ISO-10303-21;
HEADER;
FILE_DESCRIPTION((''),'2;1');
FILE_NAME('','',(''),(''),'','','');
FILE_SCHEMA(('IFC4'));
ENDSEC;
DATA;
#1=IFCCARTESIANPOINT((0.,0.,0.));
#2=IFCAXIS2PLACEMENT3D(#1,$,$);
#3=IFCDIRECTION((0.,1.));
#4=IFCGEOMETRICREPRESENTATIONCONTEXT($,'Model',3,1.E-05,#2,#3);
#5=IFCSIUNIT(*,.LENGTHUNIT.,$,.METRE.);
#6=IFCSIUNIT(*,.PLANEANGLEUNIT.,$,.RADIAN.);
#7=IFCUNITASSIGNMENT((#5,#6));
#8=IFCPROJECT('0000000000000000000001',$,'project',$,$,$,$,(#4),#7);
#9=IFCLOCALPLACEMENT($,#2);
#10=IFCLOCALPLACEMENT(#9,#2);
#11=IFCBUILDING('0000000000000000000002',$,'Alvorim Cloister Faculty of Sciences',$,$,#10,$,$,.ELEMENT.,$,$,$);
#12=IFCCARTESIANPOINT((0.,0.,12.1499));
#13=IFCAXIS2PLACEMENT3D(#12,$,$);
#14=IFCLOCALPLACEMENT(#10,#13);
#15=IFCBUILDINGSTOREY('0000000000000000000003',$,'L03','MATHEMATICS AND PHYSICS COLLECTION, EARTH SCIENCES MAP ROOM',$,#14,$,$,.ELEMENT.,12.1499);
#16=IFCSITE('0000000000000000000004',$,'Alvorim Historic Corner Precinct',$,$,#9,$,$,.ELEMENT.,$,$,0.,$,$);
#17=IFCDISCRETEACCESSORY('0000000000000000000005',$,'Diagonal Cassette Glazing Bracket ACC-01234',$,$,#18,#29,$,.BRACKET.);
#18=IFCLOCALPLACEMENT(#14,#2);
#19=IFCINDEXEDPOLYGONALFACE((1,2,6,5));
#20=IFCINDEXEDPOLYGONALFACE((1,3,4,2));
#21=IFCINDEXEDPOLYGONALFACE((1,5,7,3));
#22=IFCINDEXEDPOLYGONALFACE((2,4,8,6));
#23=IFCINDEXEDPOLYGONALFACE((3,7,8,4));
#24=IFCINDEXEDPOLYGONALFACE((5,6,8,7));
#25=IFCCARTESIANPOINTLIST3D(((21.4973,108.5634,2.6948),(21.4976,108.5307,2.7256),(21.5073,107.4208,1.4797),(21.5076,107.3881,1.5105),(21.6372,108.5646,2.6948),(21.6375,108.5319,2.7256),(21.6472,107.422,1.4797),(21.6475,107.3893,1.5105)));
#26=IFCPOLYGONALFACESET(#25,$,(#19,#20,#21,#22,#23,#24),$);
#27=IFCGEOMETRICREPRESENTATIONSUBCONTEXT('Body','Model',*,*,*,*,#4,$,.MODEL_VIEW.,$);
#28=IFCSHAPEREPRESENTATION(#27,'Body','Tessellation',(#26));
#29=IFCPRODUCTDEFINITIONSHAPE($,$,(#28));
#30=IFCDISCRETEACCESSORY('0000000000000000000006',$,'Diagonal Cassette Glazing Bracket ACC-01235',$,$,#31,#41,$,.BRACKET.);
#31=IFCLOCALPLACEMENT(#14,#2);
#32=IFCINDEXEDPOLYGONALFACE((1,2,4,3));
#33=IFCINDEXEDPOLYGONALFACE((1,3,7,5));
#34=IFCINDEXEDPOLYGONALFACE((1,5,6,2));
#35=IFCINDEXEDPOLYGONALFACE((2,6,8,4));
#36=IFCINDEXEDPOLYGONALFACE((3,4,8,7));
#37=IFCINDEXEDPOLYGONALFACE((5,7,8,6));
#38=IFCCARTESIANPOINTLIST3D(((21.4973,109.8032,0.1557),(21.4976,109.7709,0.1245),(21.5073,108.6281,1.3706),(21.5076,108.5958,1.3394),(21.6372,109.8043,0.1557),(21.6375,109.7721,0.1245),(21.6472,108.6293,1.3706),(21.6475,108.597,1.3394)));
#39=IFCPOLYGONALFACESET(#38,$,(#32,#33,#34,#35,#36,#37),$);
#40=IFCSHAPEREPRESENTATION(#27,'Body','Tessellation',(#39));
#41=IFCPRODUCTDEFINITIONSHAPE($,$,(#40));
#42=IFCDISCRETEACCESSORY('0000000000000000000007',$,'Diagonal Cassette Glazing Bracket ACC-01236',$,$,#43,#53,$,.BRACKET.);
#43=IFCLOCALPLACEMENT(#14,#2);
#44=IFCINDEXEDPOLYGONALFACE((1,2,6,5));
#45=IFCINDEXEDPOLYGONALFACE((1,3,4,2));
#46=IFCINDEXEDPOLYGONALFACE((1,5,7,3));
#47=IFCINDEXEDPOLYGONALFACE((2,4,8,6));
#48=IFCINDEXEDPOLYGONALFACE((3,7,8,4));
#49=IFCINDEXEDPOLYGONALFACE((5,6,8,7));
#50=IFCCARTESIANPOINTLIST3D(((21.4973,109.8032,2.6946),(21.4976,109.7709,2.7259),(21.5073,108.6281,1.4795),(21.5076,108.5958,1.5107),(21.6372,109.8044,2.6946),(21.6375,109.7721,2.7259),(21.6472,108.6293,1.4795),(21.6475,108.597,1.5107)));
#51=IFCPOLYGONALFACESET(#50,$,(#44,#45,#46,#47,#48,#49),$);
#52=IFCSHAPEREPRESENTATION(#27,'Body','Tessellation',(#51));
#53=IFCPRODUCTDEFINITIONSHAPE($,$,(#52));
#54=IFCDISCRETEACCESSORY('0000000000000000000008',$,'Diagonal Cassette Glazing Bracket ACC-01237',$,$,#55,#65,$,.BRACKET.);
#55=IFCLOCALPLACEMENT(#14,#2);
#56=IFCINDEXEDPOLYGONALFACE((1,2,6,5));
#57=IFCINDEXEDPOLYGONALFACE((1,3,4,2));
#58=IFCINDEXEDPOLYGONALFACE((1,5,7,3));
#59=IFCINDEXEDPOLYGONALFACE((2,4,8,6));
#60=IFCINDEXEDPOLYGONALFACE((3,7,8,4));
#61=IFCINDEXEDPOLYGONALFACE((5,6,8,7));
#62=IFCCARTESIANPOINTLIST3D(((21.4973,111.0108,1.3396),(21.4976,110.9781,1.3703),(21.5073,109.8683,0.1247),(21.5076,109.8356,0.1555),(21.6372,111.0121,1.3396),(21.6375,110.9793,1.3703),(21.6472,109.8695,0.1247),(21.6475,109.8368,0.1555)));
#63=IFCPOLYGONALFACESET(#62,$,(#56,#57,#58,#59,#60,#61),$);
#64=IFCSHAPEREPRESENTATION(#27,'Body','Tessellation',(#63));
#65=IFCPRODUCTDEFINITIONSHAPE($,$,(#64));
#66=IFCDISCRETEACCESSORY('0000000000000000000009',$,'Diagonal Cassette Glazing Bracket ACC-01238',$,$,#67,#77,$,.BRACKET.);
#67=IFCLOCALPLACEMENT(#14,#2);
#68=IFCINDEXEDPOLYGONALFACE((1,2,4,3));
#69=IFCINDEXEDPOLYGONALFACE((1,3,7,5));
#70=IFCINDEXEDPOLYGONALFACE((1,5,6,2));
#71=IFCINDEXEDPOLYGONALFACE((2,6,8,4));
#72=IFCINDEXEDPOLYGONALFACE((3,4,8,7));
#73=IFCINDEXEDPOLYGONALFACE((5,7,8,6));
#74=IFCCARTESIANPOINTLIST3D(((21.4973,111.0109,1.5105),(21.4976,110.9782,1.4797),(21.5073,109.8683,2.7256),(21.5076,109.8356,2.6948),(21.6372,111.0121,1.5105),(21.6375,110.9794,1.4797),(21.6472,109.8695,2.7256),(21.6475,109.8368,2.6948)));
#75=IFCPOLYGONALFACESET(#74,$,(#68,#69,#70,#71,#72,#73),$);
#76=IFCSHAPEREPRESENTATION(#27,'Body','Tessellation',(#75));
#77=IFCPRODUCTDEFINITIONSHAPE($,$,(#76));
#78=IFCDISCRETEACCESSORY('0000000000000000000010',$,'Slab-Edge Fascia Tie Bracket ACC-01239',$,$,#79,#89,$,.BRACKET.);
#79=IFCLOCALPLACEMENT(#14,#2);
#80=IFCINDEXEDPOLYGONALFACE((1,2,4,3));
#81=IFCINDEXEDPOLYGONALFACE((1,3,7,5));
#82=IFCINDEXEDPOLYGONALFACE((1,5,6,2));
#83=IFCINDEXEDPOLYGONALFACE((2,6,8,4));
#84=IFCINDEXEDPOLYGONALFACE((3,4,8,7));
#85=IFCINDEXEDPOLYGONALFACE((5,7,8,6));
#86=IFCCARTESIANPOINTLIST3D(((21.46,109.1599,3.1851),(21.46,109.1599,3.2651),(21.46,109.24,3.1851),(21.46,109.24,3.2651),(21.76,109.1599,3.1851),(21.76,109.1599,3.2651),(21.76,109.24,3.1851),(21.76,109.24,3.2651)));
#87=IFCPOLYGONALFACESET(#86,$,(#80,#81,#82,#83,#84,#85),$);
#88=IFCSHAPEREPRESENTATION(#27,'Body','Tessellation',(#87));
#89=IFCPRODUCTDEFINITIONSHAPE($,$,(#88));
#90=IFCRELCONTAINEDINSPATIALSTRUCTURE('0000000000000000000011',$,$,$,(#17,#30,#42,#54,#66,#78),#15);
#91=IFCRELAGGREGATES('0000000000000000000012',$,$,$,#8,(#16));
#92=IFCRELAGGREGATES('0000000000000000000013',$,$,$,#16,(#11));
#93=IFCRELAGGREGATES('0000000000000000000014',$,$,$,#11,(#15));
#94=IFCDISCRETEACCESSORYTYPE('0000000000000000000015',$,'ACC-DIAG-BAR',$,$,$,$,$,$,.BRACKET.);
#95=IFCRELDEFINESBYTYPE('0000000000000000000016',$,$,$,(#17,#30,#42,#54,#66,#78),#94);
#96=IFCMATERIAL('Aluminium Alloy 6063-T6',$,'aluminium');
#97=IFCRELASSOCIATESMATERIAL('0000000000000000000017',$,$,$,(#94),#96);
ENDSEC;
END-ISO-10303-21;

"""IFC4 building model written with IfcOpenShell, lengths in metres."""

from ifc_helpers import new_model, si_unit, direction, frame, origin, origin_2d, place, context, subcontext, project, spatial, rectangle, extrude, material, type_object, element, save


model = new_model("IFC4")

# Units and contexts
model_context = context("Model", 3, precision=1e-05, world=origin(), true_north=direction((0.0, 1.0)))
body_context = subcontext(model_context, "Body", "Model", "MODEL_VIEW")
ifc_project = project(units=[si_unit("LENGTHUNIT", "METRE"), si_unit("PLANEANGLEUNIT", "RADIAN")], contexts=[model_context])

# Site, building, storey
site_placement = place(None, origin())
site = spatial("IfcSite", under=ifc_project, at=site_placement, Name="Alvorim Historic Corner Precinct", CompositionType="ELEMENT", RefElevation=0.0)
building_placement = place(site_placement, origin())
building = spatial("IfcBuilding", under=site, at=building_placement, Name="Alvorim Cloister Faculty of Sciences", CompositionType="ELEMENT")
storey_placement = place(building_placement, frame((0.0, 0.0, 12.1499)))
storey = spatial("IfcBuildingStorey", under=building, at=storey_placement, Name="L03", Description="MATHEMATICS AND PHYSICS COLLECTION, EARTH SCIENCES MAP ROOM", CompositionType="ELEMENT", Elevation=12.1499)

# Shared definitions
ifc_material_1 = material(Name="Aluminium Alloy 6063-T6", Category="aluminium")

# Discrete accessories
discrete_accessory_type = type_object("IfcDiscreteAccessoryType", Name="ACC-DIAG-BAR", PredefinedType="BRACKET", material=ifc_material_1)
discrete_accessory_1_placement = place(storey_placement, frame((21.5774, 107.405, 1.4951), z_axis=(-0.006001, 0.685024, 0.728496), x_axis=(-0.999962, -0.00876, 0.0)))
element("IfcDiscreteAccessory", 1, at=discrete_accessory_1_placement, inside=storey, type_object=discrete_accessory_type, Name="Diagonal Cassette Glazing Bracket ACC-01234", PredefinedType="BRACKET", context=body_context, shape_type="SweptSolid", body=[
    extrude(rectangle(XDim=0.1399, YDim=0.0449, at=origin_2d()), origin(), (0.0, 0.0, 1.0), 1.668),
])
discrete_accessory_2_placement = place(storey_placement, frame((21.5774, 108.6125, 1.355), z_axis=(-0.005922, 0.695224, -0.718769), x_axis=(-0.999964, -0.008518, 0.0)))
element("IfcDiscreteAccessory", 2, at=discrete_accessory_2_placement, inside=storey, type_object=discrete_accessory_type, Name="Diagonal Cassette Glazing Bracket ACC-01235", PredefinedType="BRACKET", context=body_context, shape_type="SweptSolid", body=[
    extrude(rectangle(XDim=0.1399, YDim=0.0449, at=origin_2d()), origin(), (0.0, 0.0, 1.0), 1.6902),
])
discrete_accessory_3_placement = place(storey_placement, frame((21.5774, 108.6125, 1.4951), z_axis=(-0.005922, 0.695152, 0.718839), x_axis=(-0.999964, -0.008518, 0.0)))
element("IfcDiscreteAccessory", 3, at=discrete_accessory_3_placement, inside=storey, type_object=discrete_accessory_type, Name="Diagonal Cassette Glazing Bracket ACC-01236", PredefinedType="BRACKET", context=body_context, shape_type="SweptSolid", body=[
    extrude(rectangle(XDim=0.1399, YDim=0.0449, at=origin_2d()), origin(), (0.0, 0.0, 1.0), 1.6904),
])
discrete_accessory_4_placement = place(storey_placement, frame((21.5774, 109.8525, 0.1401), z_axis=(-0.006002, 0.685097, 0.728427), x_axis=(-0.999962, -0.00876, 0.0)))
element("IfcDiscreteAccessory", 4, at=discrete_accessory_4_placement, inside=storey, type_object=discrete_accessory_type, Name="Diagonal Cassette Glazing Bracket ACC-01237", PredefinedType="BRACKET", context=body_context, shape_type="SweptSolid", body=[
    extrude(rectangle(XDim=0.1399, YDim=0.0449, at=origin_2d()), origin(), (0.0, 0.0, 1.0), 1.6677),
])
discrete_accessory_5_placement = place(storey_placement, frame((21.5774, 109.8525, 2.7102), z_axis=(-0.006001, 0.685024, -0.728496), x_axis=(-0.999962, -0.00876, 0.0)))
element("IfcDiscreteAccessory", 5, at=discrete_accessory_5_placement, inside=storey, type_object=discrete_accessory_type, Name="Diagonal Cassette Glazing Bracket ACC-01238", PredefinedType="BRACKET", context=body_context, shape_type="SweptSolid", body=[
    extrude(rectangle(XDim=0.1399, YDim=0.0449, at=origin_2d()), origin(), (0.0, 0.0, 1.0), 1.668),
])
discrete_accessory_6_placement = place(storey_placement, frame((21.46, 109.2, 3.2251), z_axis=(1.0, 0.0, 0.0), x_axis=(0.0, 1.0, 0.0)))
element("IfcDiscreteAccessory", 6, at=discrete_accessory_6_placement, inside=storey, type_object=discrete_accessory_type, Name="Slab-Edge Fascia Tie Bracket ACC-01239", PredefinedType="BRACKET", context=body_context, shape_type="SweptSolid", body=[
    extrude(rectangle(XDim=0.0801, YDim=0.0801, at=origin_2d()), origin(), (0.0, 0.0, 1.0), 0.3),
])

save(model, "model.ifc")
